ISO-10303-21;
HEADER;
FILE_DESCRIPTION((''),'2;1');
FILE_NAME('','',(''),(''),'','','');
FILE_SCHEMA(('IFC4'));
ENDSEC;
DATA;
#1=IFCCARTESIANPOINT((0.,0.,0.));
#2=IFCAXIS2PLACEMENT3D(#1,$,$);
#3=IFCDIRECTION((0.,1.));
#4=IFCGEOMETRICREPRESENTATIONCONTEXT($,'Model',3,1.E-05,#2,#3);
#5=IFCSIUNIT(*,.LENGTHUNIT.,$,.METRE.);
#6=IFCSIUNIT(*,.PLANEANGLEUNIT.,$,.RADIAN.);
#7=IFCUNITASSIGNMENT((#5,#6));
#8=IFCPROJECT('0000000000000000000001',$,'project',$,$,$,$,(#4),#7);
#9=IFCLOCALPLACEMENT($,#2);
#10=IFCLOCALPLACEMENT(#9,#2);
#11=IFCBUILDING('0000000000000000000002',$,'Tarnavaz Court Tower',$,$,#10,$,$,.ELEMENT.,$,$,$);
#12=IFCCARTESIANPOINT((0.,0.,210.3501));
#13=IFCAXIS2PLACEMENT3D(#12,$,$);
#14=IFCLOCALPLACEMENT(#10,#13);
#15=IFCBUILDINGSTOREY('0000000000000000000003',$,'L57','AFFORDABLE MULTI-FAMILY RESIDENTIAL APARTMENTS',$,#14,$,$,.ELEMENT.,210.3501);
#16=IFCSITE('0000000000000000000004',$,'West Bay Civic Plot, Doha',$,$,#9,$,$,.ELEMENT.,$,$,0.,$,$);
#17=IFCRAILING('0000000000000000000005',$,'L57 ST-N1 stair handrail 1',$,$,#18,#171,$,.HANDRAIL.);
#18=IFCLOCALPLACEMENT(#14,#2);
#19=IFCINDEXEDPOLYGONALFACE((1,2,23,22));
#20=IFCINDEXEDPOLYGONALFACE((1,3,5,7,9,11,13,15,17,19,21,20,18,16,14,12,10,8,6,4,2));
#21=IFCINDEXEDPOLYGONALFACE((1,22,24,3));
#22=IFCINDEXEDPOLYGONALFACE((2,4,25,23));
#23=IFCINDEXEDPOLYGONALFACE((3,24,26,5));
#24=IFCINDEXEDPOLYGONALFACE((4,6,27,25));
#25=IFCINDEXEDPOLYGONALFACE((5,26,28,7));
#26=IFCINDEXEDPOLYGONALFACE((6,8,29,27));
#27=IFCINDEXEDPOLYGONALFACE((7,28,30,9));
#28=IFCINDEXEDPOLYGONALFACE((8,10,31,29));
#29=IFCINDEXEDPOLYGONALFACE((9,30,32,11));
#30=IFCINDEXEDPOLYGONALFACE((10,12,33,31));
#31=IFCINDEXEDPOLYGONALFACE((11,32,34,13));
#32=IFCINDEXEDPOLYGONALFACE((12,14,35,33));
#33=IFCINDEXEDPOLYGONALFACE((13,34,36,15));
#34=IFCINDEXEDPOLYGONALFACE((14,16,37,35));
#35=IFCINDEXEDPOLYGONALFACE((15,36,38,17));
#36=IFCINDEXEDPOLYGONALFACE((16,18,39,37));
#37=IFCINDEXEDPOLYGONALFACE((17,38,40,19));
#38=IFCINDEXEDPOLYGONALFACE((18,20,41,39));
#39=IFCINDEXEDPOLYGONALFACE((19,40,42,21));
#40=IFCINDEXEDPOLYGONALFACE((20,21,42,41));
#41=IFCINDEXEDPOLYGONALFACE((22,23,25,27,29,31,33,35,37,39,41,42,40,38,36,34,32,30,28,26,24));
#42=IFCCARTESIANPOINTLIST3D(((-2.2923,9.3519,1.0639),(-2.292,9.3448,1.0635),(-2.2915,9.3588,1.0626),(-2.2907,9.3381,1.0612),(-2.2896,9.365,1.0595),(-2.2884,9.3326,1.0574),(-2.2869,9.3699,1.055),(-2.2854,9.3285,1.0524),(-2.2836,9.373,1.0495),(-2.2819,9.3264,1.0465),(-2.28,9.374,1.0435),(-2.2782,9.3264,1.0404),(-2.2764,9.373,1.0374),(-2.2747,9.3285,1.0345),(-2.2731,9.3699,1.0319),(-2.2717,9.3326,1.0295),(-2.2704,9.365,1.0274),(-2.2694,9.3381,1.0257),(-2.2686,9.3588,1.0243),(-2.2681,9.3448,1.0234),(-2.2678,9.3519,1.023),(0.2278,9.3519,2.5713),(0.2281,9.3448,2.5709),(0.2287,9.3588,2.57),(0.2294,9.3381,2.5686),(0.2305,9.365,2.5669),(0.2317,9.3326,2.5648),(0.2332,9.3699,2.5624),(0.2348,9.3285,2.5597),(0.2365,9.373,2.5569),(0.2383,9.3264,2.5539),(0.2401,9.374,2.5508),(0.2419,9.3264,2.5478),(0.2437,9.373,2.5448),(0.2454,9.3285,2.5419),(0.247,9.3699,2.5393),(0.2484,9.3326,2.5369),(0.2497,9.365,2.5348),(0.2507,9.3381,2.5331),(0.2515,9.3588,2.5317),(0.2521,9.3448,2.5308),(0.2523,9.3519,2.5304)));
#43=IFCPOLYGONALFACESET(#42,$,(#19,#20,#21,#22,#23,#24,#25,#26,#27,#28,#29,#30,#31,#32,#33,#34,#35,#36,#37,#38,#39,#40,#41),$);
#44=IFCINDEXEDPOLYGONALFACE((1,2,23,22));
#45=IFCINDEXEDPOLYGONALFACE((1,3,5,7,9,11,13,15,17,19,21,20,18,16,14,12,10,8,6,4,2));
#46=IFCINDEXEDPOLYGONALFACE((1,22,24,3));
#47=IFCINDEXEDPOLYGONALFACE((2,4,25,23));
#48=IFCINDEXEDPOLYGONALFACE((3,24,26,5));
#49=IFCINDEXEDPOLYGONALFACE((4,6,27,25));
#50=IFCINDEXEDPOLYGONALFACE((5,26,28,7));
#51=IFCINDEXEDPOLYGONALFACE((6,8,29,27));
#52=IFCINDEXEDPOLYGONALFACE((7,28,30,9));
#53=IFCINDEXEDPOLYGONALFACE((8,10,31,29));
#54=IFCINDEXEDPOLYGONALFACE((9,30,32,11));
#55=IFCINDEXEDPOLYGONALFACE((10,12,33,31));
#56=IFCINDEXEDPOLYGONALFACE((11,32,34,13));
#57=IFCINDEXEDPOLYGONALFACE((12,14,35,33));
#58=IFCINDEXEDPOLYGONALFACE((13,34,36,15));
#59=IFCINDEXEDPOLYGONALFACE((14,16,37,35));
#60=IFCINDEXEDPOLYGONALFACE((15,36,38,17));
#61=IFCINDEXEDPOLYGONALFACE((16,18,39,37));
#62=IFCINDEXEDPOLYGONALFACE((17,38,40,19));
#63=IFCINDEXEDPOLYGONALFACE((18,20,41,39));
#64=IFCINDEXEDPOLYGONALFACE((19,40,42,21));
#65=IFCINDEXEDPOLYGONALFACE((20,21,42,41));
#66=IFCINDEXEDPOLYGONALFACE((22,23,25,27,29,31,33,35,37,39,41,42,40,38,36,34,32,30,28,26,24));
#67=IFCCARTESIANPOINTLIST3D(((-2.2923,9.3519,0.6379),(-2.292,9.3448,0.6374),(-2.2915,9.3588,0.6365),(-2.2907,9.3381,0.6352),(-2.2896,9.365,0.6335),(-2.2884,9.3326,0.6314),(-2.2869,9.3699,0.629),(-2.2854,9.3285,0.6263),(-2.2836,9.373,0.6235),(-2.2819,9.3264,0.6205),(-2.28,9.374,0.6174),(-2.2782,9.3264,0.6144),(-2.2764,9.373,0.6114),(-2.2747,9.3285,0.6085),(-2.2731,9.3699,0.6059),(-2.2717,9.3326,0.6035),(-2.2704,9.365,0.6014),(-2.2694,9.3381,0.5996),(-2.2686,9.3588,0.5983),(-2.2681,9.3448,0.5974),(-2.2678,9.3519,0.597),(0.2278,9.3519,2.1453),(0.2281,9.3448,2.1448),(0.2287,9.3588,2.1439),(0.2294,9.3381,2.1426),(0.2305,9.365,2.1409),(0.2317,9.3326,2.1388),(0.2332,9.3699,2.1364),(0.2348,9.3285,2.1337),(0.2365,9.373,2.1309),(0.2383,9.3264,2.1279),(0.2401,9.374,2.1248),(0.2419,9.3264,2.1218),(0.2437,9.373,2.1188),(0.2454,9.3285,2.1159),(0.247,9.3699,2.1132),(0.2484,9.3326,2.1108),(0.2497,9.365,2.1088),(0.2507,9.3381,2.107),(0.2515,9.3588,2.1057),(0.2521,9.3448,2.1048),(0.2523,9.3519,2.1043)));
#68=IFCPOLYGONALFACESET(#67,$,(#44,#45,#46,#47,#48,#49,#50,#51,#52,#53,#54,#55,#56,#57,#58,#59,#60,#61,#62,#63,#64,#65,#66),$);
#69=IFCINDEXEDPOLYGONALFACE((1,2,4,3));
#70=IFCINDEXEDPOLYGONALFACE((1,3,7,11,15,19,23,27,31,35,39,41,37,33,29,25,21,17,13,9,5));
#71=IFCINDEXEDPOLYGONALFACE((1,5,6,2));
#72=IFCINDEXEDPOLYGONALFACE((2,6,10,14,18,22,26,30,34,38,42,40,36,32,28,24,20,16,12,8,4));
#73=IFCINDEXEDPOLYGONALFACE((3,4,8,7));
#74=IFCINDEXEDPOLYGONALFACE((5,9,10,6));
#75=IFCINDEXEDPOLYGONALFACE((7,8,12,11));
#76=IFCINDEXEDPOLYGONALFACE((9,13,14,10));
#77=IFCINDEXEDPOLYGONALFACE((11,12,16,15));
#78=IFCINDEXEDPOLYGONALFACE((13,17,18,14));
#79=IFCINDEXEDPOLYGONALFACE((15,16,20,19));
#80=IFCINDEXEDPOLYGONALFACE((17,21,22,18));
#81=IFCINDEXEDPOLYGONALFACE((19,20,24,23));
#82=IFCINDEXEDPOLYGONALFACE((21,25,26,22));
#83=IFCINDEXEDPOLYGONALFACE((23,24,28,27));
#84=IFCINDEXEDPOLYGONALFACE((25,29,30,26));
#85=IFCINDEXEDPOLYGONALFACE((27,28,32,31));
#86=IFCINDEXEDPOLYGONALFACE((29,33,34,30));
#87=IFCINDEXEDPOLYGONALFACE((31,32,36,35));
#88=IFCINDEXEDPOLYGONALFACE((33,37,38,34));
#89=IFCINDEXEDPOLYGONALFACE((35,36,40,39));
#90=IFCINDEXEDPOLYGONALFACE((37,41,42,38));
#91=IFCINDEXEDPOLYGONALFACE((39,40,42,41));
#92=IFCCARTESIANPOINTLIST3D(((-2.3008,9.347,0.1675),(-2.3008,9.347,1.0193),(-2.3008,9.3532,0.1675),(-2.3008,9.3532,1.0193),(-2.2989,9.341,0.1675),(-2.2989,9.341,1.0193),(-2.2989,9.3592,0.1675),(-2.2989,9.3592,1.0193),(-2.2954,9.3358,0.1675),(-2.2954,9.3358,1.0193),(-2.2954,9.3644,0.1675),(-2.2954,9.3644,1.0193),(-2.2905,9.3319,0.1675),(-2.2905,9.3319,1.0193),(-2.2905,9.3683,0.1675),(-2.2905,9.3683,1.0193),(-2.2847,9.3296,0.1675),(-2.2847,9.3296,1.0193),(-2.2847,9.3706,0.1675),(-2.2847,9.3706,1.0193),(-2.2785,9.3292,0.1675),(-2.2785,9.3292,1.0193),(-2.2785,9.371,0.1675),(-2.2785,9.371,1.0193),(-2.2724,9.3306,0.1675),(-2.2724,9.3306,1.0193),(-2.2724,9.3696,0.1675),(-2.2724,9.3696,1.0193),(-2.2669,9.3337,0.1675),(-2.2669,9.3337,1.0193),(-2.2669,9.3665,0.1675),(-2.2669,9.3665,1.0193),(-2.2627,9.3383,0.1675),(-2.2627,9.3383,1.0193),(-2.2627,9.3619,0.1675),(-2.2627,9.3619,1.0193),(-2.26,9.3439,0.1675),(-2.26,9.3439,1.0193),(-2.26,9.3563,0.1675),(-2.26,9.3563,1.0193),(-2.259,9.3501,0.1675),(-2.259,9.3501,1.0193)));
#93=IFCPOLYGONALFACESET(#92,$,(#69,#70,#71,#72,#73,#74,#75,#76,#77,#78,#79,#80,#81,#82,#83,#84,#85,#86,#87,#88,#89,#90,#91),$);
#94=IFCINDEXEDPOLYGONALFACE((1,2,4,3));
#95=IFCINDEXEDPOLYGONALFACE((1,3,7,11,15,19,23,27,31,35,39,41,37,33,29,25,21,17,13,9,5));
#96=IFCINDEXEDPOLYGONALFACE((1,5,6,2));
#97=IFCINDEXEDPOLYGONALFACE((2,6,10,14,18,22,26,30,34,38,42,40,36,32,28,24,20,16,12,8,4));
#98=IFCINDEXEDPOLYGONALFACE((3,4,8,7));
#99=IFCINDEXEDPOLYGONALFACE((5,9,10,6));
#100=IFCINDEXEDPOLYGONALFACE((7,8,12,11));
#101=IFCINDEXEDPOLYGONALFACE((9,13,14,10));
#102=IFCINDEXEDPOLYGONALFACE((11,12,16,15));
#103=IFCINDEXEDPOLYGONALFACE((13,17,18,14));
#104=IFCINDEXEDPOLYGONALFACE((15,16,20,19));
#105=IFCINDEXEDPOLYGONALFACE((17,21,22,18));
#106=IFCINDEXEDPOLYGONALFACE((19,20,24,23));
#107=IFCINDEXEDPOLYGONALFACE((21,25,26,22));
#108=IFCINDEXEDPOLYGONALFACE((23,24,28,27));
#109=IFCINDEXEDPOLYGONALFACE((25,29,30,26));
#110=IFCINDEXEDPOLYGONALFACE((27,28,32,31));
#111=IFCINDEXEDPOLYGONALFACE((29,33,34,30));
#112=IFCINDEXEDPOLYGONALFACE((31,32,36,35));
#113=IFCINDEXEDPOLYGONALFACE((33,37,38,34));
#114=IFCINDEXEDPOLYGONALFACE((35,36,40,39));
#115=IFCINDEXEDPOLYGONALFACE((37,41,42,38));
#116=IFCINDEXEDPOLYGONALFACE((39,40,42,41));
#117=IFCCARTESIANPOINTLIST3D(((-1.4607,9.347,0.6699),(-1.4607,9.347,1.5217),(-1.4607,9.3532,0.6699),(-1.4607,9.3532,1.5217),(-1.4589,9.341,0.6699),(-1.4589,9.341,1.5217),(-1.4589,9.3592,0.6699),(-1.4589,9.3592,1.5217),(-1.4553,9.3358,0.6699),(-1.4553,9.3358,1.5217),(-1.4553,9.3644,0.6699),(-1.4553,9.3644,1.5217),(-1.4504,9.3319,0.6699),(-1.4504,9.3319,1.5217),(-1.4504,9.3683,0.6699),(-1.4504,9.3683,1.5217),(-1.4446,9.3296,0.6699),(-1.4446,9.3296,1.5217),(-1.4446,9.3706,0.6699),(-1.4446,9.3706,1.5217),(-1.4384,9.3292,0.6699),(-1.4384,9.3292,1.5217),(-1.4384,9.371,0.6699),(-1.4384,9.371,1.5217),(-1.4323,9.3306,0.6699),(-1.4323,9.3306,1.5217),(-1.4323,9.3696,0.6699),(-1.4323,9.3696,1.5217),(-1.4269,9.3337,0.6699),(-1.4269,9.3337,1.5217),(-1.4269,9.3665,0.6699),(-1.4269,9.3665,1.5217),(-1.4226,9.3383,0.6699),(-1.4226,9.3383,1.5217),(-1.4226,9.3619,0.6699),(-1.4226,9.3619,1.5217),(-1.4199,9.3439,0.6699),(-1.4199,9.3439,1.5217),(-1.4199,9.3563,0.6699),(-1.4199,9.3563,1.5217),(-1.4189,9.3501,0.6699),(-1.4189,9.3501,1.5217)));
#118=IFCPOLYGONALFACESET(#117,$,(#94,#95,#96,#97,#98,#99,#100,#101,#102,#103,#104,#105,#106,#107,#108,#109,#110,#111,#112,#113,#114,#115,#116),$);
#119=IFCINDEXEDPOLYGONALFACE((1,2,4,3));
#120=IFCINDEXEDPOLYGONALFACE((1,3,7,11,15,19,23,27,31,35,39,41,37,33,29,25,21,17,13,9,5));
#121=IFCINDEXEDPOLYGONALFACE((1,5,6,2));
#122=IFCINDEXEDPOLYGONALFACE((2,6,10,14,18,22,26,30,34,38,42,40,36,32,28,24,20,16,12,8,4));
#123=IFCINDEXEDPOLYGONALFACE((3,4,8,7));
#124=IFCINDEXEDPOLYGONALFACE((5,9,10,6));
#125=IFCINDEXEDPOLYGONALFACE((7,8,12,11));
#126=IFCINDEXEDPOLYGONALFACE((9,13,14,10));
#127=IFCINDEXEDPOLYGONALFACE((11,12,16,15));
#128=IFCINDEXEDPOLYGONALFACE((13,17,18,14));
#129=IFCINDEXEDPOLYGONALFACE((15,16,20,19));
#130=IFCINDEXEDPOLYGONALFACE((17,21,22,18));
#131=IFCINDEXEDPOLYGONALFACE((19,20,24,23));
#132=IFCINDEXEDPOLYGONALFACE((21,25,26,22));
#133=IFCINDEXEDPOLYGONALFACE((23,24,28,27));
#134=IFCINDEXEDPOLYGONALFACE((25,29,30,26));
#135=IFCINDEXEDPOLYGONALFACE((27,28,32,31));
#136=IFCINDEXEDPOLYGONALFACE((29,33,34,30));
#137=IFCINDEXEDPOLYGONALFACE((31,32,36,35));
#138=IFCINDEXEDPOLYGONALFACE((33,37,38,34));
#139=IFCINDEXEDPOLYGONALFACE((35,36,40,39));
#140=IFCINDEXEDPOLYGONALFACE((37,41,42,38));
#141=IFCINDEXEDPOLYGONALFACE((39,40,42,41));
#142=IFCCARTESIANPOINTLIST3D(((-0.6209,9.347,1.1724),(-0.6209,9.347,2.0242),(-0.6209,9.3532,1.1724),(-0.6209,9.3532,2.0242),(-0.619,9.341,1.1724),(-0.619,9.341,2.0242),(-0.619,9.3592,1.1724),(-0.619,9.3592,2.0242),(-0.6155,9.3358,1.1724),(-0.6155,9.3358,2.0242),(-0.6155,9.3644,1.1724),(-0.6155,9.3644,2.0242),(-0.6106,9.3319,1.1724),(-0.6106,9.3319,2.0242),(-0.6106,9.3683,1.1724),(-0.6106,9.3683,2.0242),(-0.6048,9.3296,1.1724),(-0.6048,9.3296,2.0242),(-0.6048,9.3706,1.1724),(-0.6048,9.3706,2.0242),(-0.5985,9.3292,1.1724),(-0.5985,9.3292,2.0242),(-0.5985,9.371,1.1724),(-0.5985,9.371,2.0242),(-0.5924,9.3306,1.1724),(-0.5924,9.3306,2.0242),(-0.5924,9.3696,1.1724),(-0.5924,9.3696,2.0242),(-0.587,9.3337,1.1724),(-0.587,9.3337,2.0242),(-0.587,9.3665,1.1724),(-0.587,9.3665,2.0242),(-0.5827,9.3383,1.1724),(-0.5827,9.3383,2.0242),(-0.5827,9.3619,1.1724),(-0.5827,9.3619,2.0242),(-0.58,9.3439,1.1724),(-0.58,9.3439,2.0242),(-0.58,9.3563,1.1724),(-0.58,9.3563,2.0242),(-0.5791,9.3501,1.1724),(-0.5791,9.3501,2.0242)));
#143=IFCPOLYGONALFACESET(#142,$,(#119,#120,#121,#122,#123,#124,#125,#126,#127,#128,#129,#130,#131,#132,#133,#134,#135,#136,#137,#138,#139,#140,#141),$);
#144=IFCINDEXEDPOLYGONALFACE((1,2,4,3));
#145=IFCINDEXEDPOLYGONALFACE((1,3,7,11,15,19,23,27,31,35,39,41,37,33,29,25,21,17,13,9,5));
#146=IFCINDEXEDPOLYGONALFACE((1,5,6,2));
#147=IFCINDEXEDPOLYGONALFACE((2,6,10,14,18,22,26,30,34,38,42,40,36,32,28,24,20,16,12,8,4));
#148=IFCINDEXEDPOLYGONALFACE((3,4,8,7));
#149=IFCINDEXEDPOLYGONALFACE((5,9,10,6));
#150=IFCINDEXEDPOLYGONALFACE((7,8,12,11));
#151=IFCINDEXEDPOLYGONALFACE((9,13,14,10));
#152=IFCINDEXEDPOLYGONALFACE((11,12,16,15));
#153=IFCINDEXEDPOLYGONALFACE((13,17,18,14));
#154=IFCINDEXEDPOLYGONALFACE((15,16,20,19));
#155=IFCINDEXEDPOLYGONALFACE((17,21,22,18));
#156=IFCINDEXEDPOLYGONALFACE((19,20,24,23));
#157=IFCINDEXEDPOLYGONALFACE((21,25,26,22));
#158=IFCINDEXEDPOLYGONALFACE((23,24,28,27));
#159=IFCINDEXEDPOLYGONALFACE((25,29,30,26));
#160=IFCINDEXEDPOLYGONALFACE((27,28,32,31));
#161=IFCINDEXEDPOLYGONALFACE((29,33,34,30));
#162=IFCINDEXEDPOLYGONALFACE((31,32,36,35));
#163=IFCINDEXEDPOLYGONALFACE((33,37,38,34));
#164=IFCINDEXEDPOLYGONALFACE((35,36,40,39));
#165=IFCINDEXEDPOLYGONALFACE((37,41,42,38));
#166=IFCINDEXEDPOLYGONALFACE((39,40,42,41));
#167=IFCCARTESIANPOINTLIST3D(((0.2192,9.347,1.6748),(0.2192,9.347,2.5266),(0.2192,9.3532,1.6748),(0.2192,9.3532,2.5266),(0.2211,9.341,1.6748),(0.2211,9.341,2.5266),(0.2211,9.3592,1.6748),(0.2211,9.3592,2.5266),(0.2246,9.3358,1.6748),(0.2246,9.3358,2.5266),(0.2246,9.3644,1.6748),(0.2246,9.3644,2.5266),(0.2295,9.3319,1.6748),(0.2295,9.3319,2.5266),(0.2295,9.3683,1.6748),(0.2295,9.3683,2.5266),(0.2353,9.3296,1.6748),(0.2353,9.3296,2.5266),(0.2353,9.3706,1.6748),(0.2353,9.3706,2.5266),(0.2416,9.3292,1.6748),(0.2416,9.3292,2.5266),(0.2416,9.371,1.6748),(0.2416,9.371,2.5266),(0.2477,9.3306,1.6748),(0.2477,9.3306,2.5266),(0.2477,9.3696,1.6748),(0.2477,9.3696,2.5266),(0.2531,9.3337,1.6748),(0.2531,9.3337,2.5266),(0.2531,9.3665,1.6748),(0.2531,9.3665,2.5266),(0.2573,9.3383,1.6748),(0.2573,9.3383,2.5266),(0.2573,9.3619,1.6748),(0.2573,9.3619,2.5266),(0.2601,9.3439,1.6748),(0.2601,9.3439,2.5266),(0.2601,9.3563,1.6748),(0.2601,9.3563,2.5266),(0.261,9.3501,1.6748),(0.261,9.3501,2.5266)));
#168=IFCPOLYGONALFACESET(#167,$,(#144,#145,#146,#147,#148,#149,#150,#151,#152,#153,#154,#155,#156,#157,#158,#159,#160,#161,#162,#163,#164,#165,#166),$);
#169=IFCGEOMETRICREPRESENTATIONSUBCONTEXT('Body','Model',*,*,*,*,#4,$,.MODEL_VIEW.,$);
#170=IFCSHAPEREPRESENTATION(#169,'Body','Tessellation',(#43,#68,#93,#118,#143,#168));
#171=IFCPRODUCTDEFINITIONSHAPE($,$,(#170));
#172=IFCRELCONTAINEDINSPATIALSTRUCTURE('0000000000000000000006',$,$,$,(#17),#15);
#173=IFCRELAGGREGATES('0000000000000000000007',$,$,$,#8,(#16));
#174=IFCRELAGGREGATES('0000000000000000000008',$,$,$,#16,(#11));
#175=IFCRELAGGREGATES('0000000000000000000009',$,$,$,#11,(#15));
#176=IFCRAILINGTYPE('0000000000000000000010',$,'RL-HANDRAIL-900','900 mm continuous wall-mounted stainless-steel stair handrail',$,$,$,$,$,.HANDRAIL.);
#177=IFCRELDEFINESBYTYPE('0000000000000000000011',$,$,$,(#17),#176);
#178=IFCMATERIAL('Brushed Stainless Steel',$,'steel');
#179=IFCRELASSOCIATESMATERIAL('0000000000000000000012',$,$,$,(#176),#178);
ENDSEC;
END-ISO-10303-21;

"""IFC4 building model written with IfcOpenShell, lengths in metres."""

from ifc_helpers import new_model, si_unit, direction, frame, origin, origin_2d, place, context, subcontext, project, spatial, circle, extrude, material, type_object, element, save


model = new_model("IFC4")

# Units and contexts
model_context = context("Model", 3, precision=1e-05, world=origin(), true_north=direction((0.0, 1.0)))
body_context = subcontext(model_context, "Body", "Model", "MODEL_VIEW")
ifc_project = project(units=[si_unit("LENGTHUNIT", "METRE"), si_unit("PLANEANGLEUNIT", "RADIAN")], contexts=[model_context])

# Site, building, storey
site_placement = place(None, origin())
site = spatial("IfcSite", under=ifc_project, at=site_placement, Name="West Bay Civic Plot, Doha", CompositionType="ELEMENT", RefElevation=0.0)
building_placement = place(site_placement, origin())
building = spatial("IfcBuilding", under=site, at=building_placement, Name="Tarnavaz Court Tower", CompositionType="ELEMENT")
storey_placement = place(building_placement, frame((0.0, 0.0, 210.3501)))
storey = spatial("IfcBuildingStorey", under=building, at=storey_placement, Name="L57", Description="AFFORDABLE MULTI-FAMILY RESIDENTIAL APARTMENTS", CompositionType="ELEMENT", Elevation=210.3501)

# Railing
ifc_material_1 = material(Name="Brushed Stainless Steel", Category="steel")
railing_type_1 = type_object("IfcRailingType", Name="RL-HANDRAIL-900", Description="900 mm continuous wall-mounted stainless-steel stair handrail", PredefinedType="HANDRAIL", material=ifc_material_1)
railing_1_placement = place(storey_placement, frame((-2.28, 9.3501, 0.1675)))
element("IfcRailing", 1, at=railing_1_placement, inside=storey, type_object=railing_type_1, Name="L57 ST-N1 stair handrail 1", PredefinedType="HANDRAIL", context=body_context, shape_type="SweptSolid", body=[
    extrude(circle(Radius=0.0239, at=origin_2d()), frame((0.0, 0.0, 0.876), z_axis=(0.858196, 0.0, 0.513321), x_axis=(0.0, 1.0, 0.0)), (0.0, 0.0, 1.0), 2.9365),
    extrude(circle(Radius=0.0239, at=origin_2d()), frame((0.0, 0.0, 0.45), z_axis=(0.858196, 0.0, 0.513321), x_axis=(0.0, 1.0, 0.0)), (0.0, 0.0, 1.0), 2.9365),
    extrude(circle(Radius=0.021, at=origin_2d()), origin(), (0.0, 0.0, 1.0), 0.8518),
    extrude(circle(Radius=0.021, at=origin_2d()), frame((0.8401, 0.0, 0.5024)), (0.0, 0.0, 1.0), 0.8518),
    extrude(circle(Radius=0.021, at=origin_2d()), frame((1.6799, 0.0, 1.0049)), (0.0, 0.0, 1.0), 0.8518),
    extrude(circle(Radius=0.021, at=origin_2d()), frame((2.52, 0.0, 1.5073)), (0.0, 0.0, 1.0), 0.8518),
])

save(model, "model.ifc")
